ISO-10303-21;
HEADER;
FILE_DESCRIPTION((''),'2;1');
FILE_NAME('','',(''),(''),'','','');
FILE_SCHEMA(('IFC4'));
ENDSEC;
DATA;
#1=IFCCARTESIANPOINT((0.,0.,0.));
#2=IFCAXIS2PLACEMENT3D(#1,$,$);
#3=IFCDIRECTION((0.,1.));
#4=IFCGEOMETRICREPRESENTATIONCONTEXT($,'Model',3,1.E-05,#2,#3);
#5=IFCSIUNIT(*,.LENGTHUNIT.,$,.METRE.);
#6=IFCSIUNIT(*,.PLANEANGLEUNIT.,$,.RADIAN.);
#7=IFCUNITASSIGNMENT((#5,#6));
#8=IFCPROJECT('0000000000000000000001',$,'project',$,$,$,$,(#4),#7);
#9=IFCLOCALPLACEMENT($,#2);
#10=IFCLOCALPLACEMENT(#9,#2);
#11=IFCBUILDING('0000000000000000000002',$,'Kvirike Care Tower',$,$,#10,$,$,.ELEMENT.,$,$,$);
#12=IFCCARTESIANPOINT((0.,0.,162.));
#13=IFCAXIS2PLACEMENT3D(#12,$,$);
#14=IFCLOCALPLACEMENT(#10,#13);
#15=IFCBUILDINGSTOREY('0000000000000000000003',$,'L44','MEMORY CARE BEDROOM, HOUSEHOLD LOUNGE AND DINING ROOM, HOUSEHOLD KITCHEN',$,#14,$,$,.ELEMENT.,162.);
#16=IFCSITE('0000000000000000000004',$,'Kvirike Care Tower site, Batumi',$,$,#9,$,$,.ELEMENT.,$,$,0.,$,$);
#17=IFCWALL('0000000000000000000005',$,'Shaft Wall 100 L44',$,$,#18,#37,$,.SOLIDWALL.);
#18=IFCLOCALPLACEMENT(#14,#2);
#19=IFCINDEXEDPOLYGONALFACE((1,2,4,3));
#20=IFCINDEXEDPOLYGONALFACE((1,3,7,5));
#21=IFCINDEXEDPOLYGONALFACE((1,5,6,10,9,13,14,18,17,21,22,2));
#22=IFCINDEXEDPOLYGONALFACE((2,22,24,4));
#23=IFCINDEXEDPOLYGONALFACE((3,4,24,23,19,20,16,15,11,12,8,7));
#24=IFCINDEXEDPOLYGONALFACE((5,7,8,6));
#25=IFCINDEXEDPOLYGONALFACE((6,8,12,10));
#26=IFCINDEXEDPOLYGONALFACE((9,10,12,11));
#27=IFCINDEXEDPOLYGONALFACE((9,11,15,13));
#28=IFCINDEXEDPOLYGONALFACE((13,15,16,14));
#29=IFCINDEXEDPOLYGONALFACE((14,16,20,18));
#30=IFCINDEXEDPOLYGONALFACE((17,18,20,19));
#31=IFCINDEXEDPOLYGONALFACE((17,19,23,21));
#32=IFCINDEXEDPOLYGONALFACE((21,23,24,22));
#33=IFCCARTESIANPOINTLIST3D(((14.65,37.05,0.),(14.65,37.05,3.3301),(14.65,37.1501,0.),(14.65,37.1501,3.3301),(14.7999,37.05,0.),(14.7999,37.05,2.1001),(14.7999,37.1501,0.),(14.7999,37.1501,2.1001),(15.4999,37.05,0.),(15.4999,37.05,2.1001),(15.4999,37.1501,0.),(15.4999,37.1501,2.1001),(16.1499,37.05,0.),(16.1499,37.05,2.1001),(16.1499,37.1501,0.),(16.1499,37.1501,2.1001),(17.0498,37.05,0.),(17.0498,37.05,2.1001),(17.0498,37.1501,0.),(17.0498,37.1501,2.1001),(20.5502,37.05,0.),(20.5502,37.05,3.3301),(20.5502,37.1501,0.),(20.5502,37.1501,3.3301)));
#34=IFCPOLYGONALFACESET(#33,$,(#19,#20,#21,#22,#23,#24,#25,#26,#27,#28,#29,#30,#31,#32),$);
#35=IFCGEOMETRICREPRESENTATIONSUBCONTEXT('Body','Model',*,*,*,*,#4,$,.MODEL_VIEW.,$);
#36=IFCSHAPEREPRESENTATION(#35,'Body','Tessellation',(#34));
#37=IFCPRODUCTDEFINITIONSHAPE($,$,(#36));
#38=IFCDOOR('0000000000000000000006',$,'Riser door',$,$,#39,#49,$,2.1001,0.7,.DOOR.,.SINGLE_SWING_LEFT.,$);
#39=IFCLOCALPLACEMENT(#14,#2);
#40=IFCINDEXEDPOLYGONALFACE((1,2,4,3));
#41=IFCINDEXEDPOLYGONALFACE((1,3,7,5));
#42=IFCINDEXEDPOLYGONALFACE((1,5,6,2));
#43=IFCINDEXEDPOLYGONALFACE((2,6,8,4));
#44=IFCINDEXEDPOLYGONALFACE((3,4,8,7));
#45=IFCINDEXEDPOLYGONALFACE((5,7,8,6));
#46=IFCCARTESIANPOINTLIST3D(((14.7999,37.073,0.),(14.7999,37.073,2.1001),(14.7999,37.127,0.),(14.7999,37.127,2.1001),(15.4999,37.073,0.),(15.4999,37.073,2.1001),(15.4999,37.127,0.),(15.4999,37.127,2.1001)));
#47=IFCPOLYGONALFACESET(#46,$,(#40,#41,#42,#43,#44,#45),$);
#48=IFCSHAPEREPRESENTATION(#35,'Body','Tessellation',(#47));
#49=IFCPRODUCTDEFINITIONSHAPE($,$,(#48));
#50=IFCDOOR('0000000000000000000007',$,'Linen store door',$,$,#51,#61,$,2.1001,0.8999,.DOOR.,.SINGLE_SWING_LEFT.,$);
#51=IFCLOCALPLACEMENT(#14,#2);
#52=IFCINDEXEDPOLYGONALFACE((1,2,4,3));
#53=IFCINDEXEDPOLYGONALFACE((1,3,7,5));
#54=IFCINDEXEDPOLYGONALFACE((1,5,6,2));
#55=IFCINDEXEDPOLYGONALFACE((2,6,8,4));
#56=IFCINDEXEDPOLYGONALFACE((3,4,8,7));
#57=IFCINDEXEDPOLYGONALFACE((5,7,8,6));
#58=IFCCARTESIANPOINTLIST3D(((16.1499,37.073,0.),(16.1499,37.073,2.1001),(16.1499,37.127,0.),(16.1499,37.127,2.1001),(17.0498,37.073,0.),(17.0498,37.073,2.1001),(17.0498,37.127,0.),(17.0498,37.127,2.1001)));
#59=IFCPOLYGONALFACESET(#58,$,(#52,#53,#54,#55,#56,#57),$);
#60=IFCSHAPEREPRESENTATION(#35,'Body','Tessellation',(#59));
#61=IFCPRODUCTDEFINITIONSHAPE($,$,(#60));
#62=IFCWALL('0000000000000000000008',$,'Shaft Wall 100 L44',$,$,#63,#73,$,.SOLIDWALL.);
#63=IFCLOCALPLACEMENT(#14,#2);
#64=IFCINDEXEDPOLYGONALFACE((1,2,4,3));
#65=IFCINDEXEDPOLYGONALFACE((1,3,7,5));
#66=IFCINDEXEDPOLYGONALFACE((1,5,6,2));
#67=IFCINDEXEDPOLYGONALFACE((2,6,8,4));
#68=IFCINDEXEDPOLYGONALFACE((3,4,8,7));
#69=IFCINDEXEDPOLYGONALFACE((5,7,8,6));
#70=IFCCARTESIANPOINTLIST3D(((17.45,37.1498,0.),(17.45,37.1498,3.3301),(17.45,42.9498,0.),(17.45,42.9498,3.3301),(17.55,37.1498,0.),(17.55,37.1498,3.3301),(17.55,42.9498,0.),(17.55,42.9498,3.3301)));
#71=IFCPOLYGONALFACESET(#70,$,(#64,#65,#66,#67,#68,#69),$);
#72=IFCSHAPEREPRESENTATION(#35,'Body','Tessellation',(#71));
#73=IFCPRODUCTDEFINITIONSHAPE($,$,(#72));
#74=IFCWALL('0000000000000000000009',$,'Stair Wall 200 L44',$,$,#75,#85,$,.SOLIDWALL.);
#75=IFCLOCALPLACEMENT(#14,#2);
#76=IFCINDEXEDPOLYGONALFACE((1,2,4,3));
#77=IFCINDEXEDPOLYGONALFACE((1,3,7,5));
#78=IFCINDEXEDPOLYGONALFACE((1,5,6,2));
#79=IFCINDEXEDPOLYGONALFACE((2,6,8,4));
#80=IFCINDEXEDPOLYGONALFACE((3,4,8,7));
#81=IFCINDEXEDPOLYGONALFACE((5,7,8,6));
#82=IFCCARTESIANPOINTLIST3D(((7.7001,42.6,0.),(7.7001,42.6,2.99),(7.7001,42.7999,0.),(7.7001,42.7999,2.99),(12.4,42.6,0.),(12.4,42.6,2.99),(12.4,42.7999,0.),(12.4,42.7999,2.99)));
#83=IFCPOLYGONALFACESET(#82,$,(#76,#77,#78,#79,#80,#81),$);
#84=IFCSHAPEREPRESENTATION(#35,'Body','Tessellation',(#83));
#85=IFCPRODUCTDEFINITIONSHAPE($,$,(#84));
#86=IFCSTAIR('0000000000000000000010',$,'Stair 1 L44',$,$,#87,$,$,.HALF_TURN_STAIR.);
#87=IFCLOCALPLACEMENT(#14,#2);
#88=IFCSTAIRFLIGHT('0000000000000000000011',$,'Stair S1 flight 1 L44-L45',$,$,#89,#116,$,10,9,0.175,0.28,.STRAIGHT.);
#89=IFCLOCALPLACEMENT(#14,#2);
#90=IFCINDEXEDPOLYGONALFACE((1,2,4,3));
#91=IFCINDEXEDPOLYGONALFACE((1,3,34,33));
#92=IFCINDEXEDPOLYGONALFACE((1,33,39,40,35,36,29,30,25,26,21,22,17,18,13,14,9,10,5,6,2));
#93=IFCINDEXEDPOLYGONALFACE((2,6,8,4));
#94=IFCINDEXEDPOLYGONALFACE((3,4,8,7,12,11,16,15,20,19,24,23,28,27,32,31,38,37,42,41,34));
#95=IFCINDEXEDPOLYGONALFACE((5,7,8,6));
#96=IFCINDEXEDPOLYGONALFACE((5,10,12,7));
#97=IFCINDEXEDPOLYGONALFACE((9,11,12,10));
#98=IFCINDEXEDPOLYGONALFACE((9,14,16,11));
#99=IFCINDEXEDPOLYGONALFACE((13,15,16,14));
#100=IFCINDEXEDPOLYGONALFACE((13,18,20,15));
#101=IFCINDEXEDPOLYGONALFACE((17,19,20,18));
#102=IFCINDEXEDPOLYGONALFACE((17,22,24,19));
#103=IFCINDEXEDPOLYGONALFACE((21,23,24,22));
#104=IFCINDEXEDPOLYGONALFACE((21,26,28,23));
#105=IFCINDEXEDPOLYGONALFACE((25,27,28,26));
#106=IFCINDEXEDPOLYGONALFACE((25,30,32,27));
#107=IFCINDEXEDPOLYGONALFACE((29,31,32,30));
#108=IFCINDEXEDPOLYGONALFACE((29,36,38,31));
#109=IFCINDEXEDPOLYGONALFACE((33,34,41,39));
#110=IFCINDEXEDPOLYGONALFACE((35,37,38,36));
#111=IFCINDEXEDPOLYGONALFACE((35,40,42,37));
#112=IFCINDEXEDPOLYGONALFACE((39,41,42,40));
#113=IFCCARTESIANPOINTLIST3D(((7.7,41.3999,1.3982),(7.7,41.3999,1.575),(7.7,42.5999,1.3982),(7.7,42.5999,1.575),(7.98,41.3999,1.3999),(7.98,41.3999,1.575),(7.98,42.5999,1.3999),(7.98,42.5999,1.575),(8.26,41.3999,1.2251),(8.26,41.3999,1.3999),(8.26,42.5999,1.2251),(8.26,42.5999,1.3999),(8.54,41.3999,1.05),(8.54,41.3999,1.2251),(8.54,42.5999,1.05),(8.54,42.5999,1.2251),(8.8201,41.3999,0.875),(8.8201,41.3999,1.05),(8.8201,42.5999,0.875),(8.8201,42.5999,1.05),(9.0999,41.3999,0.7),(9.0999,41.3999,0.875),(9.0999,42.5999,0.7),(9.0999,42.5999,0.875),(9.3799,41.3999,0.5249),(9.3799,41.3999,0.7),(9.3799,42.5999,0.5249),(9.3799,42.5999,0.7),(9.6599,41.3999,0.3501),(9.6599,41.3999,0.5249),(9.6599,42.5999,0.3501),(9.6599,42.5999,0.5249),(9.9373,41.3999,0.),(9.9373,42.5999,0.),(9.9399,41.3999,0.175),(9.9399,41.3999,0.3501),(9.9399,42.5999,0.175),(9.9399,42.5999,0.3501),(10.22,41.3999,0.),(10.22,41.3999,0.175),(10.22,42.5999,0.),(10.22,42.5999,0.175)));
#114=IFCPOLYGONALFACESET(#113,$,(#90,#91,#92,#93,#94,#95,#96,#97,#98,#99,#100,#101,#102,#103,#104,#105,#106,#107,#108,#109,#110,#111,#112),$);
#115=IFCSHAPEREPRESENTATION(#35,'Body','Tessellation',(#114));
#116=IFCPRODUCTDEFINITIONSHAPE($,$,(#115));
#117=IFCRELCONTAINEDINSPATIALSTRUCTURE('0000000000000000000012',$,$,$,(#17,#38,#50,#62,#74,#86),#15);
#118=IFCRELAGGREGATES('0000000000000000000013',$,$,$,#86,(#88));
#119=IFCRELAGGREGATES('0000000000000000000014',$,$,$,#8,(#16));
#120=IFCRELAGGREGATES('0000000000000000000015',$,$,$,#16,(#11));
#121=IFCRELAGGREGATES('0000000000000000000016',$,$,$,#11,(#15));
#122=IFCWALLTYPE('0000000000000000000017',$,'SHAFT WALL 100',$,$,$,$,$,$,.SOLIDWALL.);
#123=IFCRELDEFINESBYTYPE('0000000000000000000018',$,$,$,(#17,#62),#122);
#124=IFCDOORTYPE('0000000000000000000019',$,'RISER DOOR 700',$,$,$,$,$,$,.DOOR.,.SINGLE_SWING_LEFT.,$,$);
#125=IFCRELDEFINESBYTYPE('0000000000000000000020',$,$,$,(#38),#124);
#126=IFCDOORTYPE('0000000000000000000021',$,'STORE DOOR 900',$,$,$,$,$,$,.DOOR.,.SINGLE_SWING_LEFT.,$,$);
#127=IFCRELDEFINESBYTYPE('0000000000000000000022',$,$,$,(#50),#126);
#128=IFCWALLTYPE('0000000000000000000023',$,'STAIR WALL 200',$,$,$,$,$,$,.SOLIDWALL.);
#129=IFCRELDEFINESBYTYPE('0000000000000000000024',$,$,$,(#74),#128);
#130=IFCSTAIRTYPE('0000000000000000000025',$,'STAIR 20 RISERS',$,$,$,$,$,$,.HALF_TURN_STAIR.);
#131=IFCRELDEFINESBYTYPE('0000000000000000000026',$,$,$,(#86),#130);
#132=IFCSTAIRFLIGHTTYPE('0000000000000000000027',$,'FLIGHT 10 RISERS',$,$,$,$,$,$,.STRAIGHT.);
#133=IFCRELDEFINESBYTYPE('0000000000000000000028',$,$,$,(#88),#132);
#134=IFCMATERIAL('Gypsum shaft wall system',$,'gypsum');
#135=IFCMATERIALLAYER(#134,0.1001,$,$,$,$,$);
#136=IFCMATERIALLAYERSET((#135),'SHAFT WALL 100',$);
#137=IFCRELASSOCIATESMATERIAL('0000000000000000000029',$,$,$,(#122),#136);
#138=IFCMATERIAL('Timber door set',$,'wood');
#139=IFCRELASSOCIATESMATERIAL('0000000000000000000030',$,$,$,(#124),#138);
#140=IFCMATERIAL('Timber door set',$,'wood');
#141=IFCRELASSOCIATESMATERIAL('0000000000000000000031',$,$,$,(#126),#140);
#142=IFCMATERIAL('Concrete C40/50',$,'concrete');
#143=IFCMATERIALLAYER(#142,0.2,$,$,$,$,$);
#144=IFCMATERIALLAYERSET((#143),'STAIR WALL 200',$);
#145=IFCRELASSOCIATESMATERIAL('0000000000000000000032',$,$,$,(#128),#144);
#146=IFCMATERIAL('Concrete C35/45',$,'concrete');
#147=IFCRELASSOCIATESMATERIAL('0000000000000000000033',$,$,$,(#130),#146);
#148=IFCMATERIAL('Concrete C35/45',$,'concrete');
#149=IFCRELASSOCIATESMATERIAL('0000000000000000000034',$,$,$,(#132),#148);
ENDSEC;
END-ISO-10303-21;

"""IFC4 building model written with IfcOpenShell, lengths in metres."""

from ifc_helpers import new_model, si_unit, direction, frame, frame_2d, origin, place, context, subcontext, project, spatial, polyline, rectangle, outline, extrude, material, layer, layer_set, type_object, element, fill, aggregate, save


model = new_model("IFC4")

# Units and contexts
model_context = context("Model", 3, precision=1e-05, world=origin(), true_north=direction((0.0, 1.0)))
body_context = subcontext(model_context, "Body", "Model", "MODEL_VIEW")
ifc_project = project(units=[si_unit("LENGTHUNIT", "METRE"), si_unit("PLANEANGLEUNIT", "RADIAN")], contexts=[model_context])

# Site, building, storey
site_placement = place(None, origin())
site = spatial("IfcSite", under=ifc_project, at=site_placement, Name="Kvirike Care Tower site, Batumi", CompositionType="ELEMENT", RefElevation=0.0)
building_placement = place(site_placement, origin())
building = spatial("IfcBuilding", under=site, at=building_placement, Name="Kvirike Care Tower", CompositionType="ELEMENT")
storey_placement = place(building_placement, frame((0.0, 0.0, 162.0)))
storey = spatial("IfcBuildingStorey", under=building, at=storey_placement, Name="L44", Description="MEMORY CARE BEDROOM, HOUSEHOLD LOUNGE AND DINING ROOM, HOUSEHOLD KITCHEN", CompositionType="ELEMENT", Elevation=162.0)

# Shared definitions
ifc_material_1 = material(Name="Gypsum shaft wall system", Category="gypsum")
ifc_layer_1 = layer(ifc_material_1, 0.1001)
ifc_layer_set_1 = layer_set([ifc_layer_1], Name="SHAFT WALL 100")
wall_type_1 = type_object("IfcWallType", Name="SHAFT WALL 100", PredefinedType="SOLIDWALL", material=ifc_layer_set_1)

# Shared definitions
ifc_material_2 = material(Name="Timber door set", Category="wood")
door_type_1 = type_object("IfcDoorType", Name="RISER DOOR 700", OperationType="SINGLE_SWING_LEFT", PredefinedType="DOOR", material=ifc_material_2)

# Wall, openings, doors
wall_1_placement = place(storey_placement, frame((14.6499, 37.1001, 0.0), z_axis=(0.0, 0.0, 1.0), x_axis=(1.0, 0.0, 0.0)))
wall_1 = element("IfcWall", 1, at=wall_1_placement, inside=storey, type_object=wall_type_1, Name="Shaft Wall 100 L44", PredefinedType="SOLIDWALL", context=body_context, shape_type="SweptSolid", body=[
    extrude(rectangle(XDim=5.9001, YDim=0.1001, at=frame_2d((2.9502, 0.0))), origin(), (0.0, 0.0, 1.0), 3.3301),
])
opening_1_placement = place(wall_1_placement, frame((0.1499, 0.0, 0.0)))
opening_1 = element("IfcOpeningElement", 2, at=opening_1_placement, cuts=wall_1, PredefinedType="OPENING", context=body_context, shape_type="SweptSolid", body=[
    extrude(rectangle(XDim=0.7, YDim=2.1001, at=frame_2d((0.3501, 1.05))), frame((0.0, 0.0605, 0.0), z_axis=(0.0, -1.0, 0.0), x_axis=(1.0, 0.0, 0.0)), (0.0, 0.0, 1.0), 0.1211),
])
opening_2_placement = place(wall_1_placement, frame((1.5, 0.0, 0.0)))
opening_2 = element("IfcOpeningElement", 3, at=opening_2_placement, cuts=wall_1, PredefinedType="OPENING", context=body_context, shape_type="SweptSolid", body=[
    extrude(rectangle(XDim=0.8999, YDim=2.1001, at=frame_2d((0.45, 1.05))), frame((0.0, 0.0605, 0.0), z_axis=(0.0, -1.0, 0.0), x_axis=(1.0, 0.0, 0.0)), (0.0, 0.0, 1.0), 0.1211),
])
door_1_placement = place(opening_1_placement, origin())
door_1 = element("IfcDoor", 4, at=door_1_placement, inside=storey, type_object=door_type_1, Name="Riser door", OperationType="SINGLE_SWING_LEFT", OverallHeight=2.1001, OverallWidth=0.7, PredefinedType="DOOR", context=body_context, shape_type="SweptSolid", body=[
    extrude(rectangle(XDim=0.7, YDim=2.1001, at=frame_2d((0.3501, 1.05))), frame((0.0, 0.0269, 0.0), z_axis=(0.0, -1.0, 0.0), x_axis=(1.0, 0.0, 0.0)), (0.0, 0.0, 1.0), 0.054),
])
fill(opening_1, door_1)
ifc_material_3 = material(Name="Timber door set", Category="wood")
door_type_2 = type_object("IfcDoorType", Name="STORE DOOR 900", OperationType="SINGLE_SWING_LEFT", PredefinedType="DOOR", material=ifc_material_3)
door_2_placement = place(opening_2_placement, origin())
door_2 = element("IfcDoor", 5, at=door_2_placement, inside=storey, type_object=door_type_2, Name="Linen store door", OperationType="SINGLE_SWING_LEFT", OverallHeight=2.1001, OverallWidth=0.8999, PredefinedType="DOOR", context=body_context, shape_type="SweptSolid", body=[
    extrude(rectangle(XDim=0.8999, YDim=2.1001, at=frame_2d((0.45, 1.05))), frame((0.0, 0.0269, 0.0), z_axis=(0.0, -1.0, 0.0), x_axis=(1.0, 0.0, 0.0)), (0.0, 0.0, 1.0), 0.054),
])
fill(opening_2, door_2)

# Walls
wall_2_placement = place(storey_placement, frame((17.5, 37.1499, 0.0), z_axis=(0.0, 0.0, 1.0), x_axis=(0.0, 1.0, 0.0)))
element("IfcWall", 6, at=wall_2_placement, inside=storey, type_object=wall_type_1, Name="Shaft Wall 100 L44", PredefinedType="SOLIDWALL", context=body_context, shape_type="SweptSolid", body=[
    extrude(rectangle(XDim=5.8, YDim=0.1001, at=frame_2d((2.8999, 0.0))), origin(), (0.0, 0.0, 1.0), 3.3301),
])
ifc_material_4 = material(Name="Concrete C40/50", Category="concrete")
ifc_layer_2 = layer(ifc_material_4, 0.2)
ifc_layer_set_2 = layer_set([ifc_layer_2], Name="STAIR WALL 200")
wall_type_2 = type_object("IfcWallType", Name="STAIR WALL 200", PredefinedType="SOLIDWALL", material=ifc_layer_set_2)
wall_3_placement = place(storey_placement, frame((7.7, 42.7, 0.0), z_axis=(0.0, 0.0, 1.0), x_axis=(1.0, 0.0, 0.0)))
element("IfcWall", 7, at=wall_3_placement, inside=storey, type_object=wall_type_2, Name="Stair Wall 200 L44", PredefinedType="SOLIDWALL", context=body_context, shape_type="SweptSolid", body=[
    extrude(rectangle(XDim=4.7, YDim=0.2, at=frame_2d((2.3501, 0.0))), origin(), (0.0, 0.0, 1.0), 2.99),
])

# Stair, stair flight
ifc_material_5 = material(Name="Concrete C35/45", Category="concrete")
stair_type = type_object("IfcStairType", Name="STAIR 20 RISERS", PredefinedType="HALF_TURN_STAIR", material=ifc_material_5)
stair_placement = place(storey_placement, origin())
stair = element("IfcStair", 8, at=stair_placement, inside=storey, type_object=stair_type, Name="Stair 1 L44", PredefinedType="HALF_TURN_STAIR")
ifc_material_6 = material(Name="Concrete C35/45", Category="concrete")
stair_flight_type = type_object("IfcStairFlightType", Name="FLIGHT 10 RISERS", PredefinedType="STRAIGHT", material=ifc_material_6)
stair_flight_placement = place(storey_placement, frame((10.22, 42.0, 0.0), z_axis=(0.0, 0.0, 1.0), x_axis=(-1.0, 0.0, 0.0)))
stair_flight = element("IfcStairFlight", 9, at=stair_flight_placement, type_object=stair_flight_type, Name="Stair S1 flight 1 L44-L45", NumberOfRisers=10, NumberOfTreads=9, PredefinedType="STRAIGHT", RiserHeight=0.175, TreadLength=0.28, context=body_context, shape_type="SweptSolid", body=[
    extrude(outline(polyline([(0.0, 0.0), (0.0, 0.175), (0.28, 0.175), (0.28, 0.3501), (0.5601, 0.3501), (0.5601, 0.5249), (0.8401, 0.5249), (0.8401, 0.7), (1.1201, 0.7), (1.1201, 0.875), (1.3999, 0.875), (1.3999, 1.05), (1.6799, 1.05), (1.6799, 1.2251), (1.96, 1.2251), (1.96, 1.3999), (2.24, 1.3999), (2.24, 1.575), (2.52, 1.575), (2.52, 1.75), (2.52, 1.3982), (0.2827, 0.0), (0.0, 0.0)])), frame((0.0, 0.6001, 0.0), z_axis=(0.0, -1.0, 0.0), x_axis=(1.0, 0.0, 0.0)), (0.0, 0.0, 1.0), 1.2),
])
aggregate(stair, [stair_flight])

save(model, "model.ifc")
